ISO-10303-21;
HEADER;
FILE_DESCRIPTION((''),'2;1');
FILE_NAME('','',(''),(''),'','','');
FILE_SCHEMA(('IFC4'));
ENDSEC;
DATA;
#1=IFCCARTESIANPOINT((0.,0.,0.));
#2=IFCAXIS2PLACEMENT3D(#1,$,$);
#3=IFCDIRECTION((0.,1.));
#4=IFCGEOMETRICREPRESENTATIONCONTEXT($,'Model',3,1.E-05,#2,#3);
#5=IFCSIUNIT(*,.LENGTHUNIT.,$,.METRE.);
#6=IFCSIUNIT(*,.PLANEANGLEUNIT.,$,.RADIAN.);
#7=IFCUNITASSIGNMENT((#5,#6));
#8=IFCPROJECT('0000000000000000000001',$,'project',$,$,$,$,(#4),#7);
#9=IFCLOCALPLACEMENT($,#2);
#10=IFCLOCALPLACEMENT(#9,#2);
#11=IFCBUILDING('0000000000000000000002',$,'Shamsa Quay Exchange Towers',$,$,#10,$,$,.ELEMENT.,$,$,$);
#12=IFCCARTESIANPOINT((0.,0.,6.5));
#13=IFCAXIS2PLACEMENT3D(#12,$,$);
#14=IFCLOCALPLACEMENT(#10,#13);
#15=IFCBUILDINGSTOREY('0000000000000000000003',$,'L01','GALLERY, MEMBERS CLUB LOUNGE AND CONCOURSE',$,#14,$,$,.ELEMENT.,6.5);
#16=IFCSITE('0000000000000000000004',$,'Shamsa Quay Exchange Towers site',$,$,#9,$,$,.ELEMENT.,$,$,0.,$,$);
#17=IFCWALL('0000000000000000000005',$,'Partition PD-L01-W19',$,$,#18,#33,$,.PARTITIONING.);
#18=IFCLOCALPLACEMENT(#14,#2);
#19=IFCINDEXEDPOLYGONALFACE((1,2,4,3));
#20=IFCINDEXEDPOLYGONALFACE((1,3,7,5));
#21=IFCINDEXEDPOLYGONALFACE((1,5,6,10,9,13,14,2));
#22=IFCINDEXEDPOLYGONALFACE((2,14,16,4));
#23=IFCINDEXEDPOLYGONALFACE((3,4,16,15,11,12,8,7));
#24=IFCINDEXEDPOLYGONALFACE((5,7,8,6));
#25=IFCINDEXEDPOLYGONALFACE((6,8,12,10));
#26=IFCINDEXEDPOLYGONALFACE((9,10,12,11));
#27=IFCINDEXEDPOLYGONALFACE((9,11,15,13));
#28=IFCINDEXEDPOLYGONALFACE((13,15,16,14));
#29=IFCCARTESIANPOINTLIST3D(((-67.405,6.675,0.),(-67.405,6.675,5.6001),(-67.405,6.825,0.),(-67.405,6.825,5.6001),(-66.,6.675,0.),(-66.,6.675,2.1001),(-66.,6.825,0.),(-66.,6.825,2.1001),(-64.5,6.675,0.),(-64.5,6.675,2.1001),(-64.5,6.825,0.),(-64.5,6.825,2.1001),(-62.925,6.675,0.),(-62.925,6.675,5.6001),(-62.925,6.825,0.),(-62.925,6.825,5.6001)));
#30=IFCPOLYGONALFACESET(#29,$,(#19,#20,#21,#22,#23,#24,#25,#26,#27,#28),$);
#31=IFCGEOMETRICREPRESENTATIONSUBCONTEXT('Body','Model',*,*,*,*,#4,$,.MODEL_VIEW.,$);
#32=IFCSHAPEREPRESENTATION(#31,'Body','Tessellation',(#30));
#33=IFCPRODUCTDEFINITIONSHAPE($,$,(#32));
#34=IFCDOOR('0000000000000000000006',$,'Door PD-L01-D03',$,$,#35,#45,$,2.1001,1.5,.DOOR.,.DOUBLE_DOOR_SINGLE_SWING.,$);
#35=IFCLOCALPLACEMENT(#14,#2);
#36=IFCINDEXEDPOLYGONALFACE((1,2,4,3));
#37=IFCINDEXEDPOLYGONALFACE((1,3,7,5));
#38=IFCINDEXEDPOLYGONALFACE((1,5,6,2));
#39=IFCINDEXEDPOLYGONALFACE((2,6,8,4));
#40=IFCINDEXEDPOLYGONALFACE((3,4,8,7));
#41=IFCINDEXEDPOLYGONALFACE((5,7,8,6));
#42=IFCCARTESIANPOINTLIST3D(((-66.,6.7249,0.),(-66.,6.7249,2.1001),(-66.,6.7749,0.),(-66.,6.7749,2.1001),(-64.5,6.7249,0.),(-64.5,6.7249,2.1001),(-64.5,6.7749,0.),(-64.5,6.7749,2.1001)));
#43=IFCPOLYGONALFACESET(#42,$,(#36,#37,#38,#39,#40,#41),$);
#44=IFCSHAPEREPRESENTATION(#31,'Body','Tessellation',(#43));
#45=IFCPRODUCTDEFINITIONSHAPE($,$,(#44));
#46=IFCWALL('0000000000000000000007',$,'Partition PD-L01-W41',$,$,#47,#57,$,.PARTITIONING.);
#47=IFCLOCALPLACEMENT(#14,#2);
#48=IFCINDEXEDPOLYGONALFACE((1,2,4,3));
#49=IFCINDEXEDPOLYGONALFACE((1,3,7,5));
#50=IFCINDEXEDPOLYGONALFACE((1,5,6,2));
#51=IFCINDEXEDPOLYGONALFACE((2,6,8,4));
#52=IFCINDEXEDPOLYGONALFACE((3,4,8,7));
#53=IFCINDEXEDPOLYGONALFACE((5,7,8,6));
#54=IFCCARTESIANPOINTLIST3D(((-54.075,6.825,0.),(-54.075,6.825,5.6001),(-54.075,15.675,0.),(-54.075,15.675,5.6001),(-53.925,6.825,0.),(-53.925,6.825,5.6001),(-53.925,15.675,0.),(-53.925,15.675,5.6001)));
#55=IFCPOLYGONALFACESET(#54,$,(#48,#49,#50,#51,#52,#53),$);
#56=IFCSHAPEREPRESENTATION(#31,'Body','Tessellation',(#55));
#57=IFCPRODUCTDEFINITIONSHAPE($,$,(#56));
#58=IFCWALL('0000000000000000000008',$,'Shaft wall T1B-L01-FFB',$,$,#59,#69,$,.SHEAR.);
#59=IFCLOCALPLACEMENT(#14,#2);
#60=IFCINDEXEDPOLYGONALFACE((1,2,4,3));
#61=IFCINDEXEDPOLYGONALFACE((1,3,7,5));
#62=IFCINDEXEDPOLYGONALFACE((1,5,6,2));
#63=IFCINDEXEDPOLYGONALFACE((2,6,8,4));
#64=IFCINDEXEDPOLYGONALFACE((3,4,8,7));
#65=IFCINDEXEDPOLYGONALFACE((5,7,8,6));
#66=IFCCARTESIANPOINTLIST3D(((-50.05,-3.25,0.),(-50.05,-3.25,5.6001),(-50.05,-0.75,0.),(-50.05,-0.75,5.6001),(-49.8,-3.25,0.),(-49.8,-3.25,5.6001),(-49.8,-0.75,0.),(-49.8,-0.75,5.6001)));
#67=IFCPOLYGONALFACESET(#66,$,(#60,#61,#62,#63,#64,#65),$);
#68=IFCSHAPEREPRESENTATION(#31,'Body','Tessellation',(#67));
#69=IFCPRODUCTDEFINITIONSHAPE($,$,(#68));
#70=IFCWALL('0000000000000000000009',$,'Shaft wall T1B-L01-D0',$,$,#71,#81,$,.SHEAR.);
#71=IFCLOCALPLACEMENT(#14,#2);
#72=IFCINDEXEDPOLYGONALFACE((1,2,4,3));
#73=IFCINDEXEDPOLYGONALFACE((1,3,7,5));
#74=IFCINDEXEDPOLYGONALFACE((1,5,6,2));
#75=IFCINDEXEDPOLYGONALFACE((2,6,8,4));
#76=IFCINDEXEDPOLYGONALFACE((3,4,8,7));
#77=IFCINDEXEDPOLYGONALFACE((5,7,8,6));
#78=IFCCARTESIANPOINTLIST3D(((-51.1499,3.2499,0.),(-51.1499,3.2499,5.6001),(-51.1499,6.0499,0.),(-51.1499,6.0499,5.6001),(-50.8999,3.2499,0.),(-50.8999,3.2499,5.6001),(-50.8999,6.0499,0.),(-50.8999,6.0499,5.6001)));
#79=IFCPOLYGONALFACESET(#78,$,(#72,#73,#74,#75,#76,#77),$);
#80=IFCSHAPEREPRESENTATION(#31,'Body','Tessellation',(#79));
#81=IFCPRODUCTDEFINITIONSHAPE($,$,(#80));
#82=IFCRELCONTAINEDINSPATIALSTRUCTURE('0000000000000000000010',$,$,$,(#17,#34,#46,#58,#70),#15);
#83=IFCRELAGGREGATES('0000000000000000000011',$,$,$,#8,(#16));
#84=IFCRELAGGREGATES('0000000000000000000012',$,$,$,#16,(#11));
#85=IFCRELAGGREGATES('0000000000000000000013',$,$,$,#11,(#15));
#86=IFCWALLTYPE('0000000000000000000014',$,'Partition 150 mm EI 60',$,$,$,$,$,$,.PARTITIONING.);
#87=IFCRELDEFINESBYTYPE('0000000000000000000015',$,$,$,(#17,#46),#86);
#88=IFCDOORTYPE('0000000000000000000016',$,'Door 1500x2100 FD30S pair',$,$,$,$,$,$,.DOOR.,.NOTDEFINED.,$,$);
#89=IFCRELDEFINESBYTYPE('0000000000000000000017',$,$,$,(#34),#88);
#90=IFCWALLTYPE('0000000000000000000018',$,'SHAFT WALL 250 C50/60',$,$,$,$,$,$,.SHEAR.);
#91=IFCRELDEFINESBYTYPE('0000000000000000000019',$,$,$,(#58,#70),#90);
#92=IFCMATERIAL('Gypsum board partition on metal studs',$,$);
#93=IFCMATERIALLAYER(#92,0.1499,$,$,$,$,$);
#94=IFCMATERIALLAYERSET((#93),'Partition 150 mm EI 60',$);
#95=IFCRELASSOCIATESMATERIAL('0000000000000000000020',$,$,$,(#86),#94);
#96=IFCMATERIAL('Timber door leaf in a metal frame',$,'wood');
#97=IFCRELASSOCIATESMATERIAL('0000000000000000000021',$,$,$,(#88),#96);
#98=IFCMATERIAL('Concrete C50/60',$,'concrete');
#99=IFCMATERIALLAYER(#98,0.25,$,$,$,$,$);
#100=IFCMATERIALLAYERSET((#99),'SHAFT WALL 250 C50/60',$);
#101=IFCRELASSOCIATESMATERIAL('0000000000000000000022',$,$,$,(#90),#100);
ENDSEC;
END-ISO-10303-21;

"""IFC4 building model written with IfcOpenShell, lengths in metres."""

from ifc_helpers import new_model, si_unit, direction, frame, frame_2d, origin, place, context, subcontext, project, spatial, rectangle, extrude, material, layer, layer_set, type_object, element, fill, save


model = new_model("IFC4")

# Units and contexts
model_context = context("Model", 3, precision=1e-05, world=origin(), true_north=direction((0.0, 1.0)))
body_context = subcontext(model_context, "Body", "Model", "MODEL_VIEW")
ifc_project = project(units=[si_unit("LENGTHUNIT", "METRE"), si_unit("PLANEANGLEUNIT", "RADIAN")], contexts=[model_context])

# Site, building, storey
site_placement = place(None, origin())
site = spatial("IfcSite", under=ifc_project, at=site_placement, Name="Shamsa Quay Exchange Towers site", CompositionType="ELEMENT", RefElevation=0.0)
building_placement = place(site_placement, origin())
building = spatial("IfcBuilding", under=site, at=building_placement, Name="Shamsa Quay Exchange Towers", CompositionType="ELEMENT")
storey_placement = place(building_placement, frame((0.0, 0.0, 6.5)))
storey = spatial("IfcBuildingStorey", under=building, at=storey_placement, Name="L01", Description="GALLERY, MEMBERS CLUB LOUNGE AND CONCOURSE", CompositionType="ELEMENT", Elevation=6.5)

# Shared definitions
ifc_material_1 = material(Name="Gypsum board partition on metal studs")
ifc_layer_1 = layer(ifc_material_1, 0.1499)
ifc_layer_set_1 = layer_set([ifc_layer_1], Name="Partition 150 mm EI 60")
wall_type_1 = type_object("IfcWallType", Name="Partition 150 mm EI 60", PredefinedType="PARTITIONING", material=ifc_layer_set_1)
ifc_material_2 = material(Name="Timber door leaf in a metal frame", Category="wood")

# Wall, opening, door
wall_1_placement = place(storey_placement, frame((-67.405, 6.75, 0.0)))
wall_1 = element("IfcWall", 1, at=wall_1_placement, inside=storey, type_object=wall_type_1, Name="Partition PD-L01-W19", PredefinedType="PARTITIONING", context=body_context, shape_type="SweptSolid", body=[
    extrude(rectangle(XDim=4.48, YDim=0.1499, at=frame_2d((2.24, 0.0))), origin(), (0.0, 0.0, 1.0), 5.6001),
])
opening_1_placement = place(wall_1_placement, frame((1.405, 0.0, 0.0)))
opening_1 = element("IfcOpeningElement", 2, at=opening_1_placement, cuts=wall_1, PredefinedType="OPENING", context=body_context, shape_type="SweptSolid", body=[
    extrude(rectangle(XDim=1.5, YDim=2.1001, at=frame_2d((0.75, 1.05))), frame((0.0, 0.085, 0.0), z_axis=(0.0, -1.0, 0.0), x_axis=(1.0, 0.0, 0.0)), (0.0, 0.0, 1.0), 0.1699),
])
door_type_1 = type_object("IfcDoorType", Name="Door 1500x2100 FD30S pair", OperationType="NOTDEFINED", PredefinedType="DOOR", material=ifc_material_2)
door_1_placement = place(opening_1_placement, origin())
door_1 = element("IfcDoor", 3, at=door_1_placement, inside=storey, type_object=door_type_1, Name="Door PD-L01-D03", OperationType="DOUBLE_DOOR_SINGLE_SWING", OverallHeight=2.1001, OverallWidth=1.5, PredefinedType="DOOR", context=body_context, shape_type="SweptSolid", body=[
    extrude(rectangle(XDim=1.5, YDim=2.1001, at=frame_2d((0.75, 1.05))), frame((0.0, 0.0249, 0.0), z_axis=(0.0, -1.0, 0.0), x_axis=(1.0, 0.0, 0.0)), (0.0, 0.0, 1.0), 0.05),
])
fill(opening_1, door_1)

# Walls
wall_2_placement = place(storey_placement, frame((-54.0, 6.825, 0.0), z_axis=(0.0, 0.0, 1.0), x_axis=(0.0, 1.0, 0.0)))
element("IfcWall", 4, at=wall_2_placement, inside=storey, type_object=wall_type_1, Name="Partition PD-L01-W41", PredefinedType="PARTITIONING", context=body_context, shape_type="SweptSolid", body=[
    extrude(rectangle(XDim=8.8501, YDim=0.1499, at=frame_2d((4.425, 0.0))), origin(), (0.0, 0.0, 1.0), 5.6001),
])
ifc_material_3 = material(Name="Concrete C50/60", Category="concrete")
ifc_layer_2 = layer(ifc_material_3, 0.25)
ifc_layer_set_2 = layer_set([ifc_layer_2], Name="SHAFT WALL 250 C50/60")
wall_type_2 = type_object("IfcWallType", Name="SHAFT WALL 250 C50/60", PredefinedType="SHEAR", material=ifc_layer_set_2)
wall_3_placement = place(storey_placement, frame((-49.925, -3.25, 0.0), z_axis=(0.0, 0.0, 1.0), x_axis=(0.0, 1.0, 0.0)))
element("IfcWall", 5, at=wall_3_placement, inside=storey, type_object=wall_type_2, Name="Shaft wall T1B-L01-FFB", PredefinedType="SHEAR", context=body_context, shape_type="SweptSolid", body=[
    extrude(rectangle(XDim=2.5, YDim=0.25, at=frame_2d((1.25, 0.0))), origin(), (0.0, 0.0, 1.0), 5.6001),
])
wall_4_placement = place(storey_placement, frame((-51.0249, 3.25, 0.0), z_axis=(0.0, 0.0, 1.0), x_axis=(0.0, 1.0, 0.0)))
element("IfcWall", 6, at=wall_4_placement, inside=storey, type_object=wall_type_2, Name="Shaft wall T1B-L01-D0", PredefinedType="SHEAR", context=body_context, shape_type="SweptSolid", body=[
    extrude(rectangle(XDim=2.8, YDim=0.25, at=frame_2d((1.3999, 0.0))), origin(), (0.0, 0.0, 1.0), 5.6001),
])

save(model, "model.ifc")
